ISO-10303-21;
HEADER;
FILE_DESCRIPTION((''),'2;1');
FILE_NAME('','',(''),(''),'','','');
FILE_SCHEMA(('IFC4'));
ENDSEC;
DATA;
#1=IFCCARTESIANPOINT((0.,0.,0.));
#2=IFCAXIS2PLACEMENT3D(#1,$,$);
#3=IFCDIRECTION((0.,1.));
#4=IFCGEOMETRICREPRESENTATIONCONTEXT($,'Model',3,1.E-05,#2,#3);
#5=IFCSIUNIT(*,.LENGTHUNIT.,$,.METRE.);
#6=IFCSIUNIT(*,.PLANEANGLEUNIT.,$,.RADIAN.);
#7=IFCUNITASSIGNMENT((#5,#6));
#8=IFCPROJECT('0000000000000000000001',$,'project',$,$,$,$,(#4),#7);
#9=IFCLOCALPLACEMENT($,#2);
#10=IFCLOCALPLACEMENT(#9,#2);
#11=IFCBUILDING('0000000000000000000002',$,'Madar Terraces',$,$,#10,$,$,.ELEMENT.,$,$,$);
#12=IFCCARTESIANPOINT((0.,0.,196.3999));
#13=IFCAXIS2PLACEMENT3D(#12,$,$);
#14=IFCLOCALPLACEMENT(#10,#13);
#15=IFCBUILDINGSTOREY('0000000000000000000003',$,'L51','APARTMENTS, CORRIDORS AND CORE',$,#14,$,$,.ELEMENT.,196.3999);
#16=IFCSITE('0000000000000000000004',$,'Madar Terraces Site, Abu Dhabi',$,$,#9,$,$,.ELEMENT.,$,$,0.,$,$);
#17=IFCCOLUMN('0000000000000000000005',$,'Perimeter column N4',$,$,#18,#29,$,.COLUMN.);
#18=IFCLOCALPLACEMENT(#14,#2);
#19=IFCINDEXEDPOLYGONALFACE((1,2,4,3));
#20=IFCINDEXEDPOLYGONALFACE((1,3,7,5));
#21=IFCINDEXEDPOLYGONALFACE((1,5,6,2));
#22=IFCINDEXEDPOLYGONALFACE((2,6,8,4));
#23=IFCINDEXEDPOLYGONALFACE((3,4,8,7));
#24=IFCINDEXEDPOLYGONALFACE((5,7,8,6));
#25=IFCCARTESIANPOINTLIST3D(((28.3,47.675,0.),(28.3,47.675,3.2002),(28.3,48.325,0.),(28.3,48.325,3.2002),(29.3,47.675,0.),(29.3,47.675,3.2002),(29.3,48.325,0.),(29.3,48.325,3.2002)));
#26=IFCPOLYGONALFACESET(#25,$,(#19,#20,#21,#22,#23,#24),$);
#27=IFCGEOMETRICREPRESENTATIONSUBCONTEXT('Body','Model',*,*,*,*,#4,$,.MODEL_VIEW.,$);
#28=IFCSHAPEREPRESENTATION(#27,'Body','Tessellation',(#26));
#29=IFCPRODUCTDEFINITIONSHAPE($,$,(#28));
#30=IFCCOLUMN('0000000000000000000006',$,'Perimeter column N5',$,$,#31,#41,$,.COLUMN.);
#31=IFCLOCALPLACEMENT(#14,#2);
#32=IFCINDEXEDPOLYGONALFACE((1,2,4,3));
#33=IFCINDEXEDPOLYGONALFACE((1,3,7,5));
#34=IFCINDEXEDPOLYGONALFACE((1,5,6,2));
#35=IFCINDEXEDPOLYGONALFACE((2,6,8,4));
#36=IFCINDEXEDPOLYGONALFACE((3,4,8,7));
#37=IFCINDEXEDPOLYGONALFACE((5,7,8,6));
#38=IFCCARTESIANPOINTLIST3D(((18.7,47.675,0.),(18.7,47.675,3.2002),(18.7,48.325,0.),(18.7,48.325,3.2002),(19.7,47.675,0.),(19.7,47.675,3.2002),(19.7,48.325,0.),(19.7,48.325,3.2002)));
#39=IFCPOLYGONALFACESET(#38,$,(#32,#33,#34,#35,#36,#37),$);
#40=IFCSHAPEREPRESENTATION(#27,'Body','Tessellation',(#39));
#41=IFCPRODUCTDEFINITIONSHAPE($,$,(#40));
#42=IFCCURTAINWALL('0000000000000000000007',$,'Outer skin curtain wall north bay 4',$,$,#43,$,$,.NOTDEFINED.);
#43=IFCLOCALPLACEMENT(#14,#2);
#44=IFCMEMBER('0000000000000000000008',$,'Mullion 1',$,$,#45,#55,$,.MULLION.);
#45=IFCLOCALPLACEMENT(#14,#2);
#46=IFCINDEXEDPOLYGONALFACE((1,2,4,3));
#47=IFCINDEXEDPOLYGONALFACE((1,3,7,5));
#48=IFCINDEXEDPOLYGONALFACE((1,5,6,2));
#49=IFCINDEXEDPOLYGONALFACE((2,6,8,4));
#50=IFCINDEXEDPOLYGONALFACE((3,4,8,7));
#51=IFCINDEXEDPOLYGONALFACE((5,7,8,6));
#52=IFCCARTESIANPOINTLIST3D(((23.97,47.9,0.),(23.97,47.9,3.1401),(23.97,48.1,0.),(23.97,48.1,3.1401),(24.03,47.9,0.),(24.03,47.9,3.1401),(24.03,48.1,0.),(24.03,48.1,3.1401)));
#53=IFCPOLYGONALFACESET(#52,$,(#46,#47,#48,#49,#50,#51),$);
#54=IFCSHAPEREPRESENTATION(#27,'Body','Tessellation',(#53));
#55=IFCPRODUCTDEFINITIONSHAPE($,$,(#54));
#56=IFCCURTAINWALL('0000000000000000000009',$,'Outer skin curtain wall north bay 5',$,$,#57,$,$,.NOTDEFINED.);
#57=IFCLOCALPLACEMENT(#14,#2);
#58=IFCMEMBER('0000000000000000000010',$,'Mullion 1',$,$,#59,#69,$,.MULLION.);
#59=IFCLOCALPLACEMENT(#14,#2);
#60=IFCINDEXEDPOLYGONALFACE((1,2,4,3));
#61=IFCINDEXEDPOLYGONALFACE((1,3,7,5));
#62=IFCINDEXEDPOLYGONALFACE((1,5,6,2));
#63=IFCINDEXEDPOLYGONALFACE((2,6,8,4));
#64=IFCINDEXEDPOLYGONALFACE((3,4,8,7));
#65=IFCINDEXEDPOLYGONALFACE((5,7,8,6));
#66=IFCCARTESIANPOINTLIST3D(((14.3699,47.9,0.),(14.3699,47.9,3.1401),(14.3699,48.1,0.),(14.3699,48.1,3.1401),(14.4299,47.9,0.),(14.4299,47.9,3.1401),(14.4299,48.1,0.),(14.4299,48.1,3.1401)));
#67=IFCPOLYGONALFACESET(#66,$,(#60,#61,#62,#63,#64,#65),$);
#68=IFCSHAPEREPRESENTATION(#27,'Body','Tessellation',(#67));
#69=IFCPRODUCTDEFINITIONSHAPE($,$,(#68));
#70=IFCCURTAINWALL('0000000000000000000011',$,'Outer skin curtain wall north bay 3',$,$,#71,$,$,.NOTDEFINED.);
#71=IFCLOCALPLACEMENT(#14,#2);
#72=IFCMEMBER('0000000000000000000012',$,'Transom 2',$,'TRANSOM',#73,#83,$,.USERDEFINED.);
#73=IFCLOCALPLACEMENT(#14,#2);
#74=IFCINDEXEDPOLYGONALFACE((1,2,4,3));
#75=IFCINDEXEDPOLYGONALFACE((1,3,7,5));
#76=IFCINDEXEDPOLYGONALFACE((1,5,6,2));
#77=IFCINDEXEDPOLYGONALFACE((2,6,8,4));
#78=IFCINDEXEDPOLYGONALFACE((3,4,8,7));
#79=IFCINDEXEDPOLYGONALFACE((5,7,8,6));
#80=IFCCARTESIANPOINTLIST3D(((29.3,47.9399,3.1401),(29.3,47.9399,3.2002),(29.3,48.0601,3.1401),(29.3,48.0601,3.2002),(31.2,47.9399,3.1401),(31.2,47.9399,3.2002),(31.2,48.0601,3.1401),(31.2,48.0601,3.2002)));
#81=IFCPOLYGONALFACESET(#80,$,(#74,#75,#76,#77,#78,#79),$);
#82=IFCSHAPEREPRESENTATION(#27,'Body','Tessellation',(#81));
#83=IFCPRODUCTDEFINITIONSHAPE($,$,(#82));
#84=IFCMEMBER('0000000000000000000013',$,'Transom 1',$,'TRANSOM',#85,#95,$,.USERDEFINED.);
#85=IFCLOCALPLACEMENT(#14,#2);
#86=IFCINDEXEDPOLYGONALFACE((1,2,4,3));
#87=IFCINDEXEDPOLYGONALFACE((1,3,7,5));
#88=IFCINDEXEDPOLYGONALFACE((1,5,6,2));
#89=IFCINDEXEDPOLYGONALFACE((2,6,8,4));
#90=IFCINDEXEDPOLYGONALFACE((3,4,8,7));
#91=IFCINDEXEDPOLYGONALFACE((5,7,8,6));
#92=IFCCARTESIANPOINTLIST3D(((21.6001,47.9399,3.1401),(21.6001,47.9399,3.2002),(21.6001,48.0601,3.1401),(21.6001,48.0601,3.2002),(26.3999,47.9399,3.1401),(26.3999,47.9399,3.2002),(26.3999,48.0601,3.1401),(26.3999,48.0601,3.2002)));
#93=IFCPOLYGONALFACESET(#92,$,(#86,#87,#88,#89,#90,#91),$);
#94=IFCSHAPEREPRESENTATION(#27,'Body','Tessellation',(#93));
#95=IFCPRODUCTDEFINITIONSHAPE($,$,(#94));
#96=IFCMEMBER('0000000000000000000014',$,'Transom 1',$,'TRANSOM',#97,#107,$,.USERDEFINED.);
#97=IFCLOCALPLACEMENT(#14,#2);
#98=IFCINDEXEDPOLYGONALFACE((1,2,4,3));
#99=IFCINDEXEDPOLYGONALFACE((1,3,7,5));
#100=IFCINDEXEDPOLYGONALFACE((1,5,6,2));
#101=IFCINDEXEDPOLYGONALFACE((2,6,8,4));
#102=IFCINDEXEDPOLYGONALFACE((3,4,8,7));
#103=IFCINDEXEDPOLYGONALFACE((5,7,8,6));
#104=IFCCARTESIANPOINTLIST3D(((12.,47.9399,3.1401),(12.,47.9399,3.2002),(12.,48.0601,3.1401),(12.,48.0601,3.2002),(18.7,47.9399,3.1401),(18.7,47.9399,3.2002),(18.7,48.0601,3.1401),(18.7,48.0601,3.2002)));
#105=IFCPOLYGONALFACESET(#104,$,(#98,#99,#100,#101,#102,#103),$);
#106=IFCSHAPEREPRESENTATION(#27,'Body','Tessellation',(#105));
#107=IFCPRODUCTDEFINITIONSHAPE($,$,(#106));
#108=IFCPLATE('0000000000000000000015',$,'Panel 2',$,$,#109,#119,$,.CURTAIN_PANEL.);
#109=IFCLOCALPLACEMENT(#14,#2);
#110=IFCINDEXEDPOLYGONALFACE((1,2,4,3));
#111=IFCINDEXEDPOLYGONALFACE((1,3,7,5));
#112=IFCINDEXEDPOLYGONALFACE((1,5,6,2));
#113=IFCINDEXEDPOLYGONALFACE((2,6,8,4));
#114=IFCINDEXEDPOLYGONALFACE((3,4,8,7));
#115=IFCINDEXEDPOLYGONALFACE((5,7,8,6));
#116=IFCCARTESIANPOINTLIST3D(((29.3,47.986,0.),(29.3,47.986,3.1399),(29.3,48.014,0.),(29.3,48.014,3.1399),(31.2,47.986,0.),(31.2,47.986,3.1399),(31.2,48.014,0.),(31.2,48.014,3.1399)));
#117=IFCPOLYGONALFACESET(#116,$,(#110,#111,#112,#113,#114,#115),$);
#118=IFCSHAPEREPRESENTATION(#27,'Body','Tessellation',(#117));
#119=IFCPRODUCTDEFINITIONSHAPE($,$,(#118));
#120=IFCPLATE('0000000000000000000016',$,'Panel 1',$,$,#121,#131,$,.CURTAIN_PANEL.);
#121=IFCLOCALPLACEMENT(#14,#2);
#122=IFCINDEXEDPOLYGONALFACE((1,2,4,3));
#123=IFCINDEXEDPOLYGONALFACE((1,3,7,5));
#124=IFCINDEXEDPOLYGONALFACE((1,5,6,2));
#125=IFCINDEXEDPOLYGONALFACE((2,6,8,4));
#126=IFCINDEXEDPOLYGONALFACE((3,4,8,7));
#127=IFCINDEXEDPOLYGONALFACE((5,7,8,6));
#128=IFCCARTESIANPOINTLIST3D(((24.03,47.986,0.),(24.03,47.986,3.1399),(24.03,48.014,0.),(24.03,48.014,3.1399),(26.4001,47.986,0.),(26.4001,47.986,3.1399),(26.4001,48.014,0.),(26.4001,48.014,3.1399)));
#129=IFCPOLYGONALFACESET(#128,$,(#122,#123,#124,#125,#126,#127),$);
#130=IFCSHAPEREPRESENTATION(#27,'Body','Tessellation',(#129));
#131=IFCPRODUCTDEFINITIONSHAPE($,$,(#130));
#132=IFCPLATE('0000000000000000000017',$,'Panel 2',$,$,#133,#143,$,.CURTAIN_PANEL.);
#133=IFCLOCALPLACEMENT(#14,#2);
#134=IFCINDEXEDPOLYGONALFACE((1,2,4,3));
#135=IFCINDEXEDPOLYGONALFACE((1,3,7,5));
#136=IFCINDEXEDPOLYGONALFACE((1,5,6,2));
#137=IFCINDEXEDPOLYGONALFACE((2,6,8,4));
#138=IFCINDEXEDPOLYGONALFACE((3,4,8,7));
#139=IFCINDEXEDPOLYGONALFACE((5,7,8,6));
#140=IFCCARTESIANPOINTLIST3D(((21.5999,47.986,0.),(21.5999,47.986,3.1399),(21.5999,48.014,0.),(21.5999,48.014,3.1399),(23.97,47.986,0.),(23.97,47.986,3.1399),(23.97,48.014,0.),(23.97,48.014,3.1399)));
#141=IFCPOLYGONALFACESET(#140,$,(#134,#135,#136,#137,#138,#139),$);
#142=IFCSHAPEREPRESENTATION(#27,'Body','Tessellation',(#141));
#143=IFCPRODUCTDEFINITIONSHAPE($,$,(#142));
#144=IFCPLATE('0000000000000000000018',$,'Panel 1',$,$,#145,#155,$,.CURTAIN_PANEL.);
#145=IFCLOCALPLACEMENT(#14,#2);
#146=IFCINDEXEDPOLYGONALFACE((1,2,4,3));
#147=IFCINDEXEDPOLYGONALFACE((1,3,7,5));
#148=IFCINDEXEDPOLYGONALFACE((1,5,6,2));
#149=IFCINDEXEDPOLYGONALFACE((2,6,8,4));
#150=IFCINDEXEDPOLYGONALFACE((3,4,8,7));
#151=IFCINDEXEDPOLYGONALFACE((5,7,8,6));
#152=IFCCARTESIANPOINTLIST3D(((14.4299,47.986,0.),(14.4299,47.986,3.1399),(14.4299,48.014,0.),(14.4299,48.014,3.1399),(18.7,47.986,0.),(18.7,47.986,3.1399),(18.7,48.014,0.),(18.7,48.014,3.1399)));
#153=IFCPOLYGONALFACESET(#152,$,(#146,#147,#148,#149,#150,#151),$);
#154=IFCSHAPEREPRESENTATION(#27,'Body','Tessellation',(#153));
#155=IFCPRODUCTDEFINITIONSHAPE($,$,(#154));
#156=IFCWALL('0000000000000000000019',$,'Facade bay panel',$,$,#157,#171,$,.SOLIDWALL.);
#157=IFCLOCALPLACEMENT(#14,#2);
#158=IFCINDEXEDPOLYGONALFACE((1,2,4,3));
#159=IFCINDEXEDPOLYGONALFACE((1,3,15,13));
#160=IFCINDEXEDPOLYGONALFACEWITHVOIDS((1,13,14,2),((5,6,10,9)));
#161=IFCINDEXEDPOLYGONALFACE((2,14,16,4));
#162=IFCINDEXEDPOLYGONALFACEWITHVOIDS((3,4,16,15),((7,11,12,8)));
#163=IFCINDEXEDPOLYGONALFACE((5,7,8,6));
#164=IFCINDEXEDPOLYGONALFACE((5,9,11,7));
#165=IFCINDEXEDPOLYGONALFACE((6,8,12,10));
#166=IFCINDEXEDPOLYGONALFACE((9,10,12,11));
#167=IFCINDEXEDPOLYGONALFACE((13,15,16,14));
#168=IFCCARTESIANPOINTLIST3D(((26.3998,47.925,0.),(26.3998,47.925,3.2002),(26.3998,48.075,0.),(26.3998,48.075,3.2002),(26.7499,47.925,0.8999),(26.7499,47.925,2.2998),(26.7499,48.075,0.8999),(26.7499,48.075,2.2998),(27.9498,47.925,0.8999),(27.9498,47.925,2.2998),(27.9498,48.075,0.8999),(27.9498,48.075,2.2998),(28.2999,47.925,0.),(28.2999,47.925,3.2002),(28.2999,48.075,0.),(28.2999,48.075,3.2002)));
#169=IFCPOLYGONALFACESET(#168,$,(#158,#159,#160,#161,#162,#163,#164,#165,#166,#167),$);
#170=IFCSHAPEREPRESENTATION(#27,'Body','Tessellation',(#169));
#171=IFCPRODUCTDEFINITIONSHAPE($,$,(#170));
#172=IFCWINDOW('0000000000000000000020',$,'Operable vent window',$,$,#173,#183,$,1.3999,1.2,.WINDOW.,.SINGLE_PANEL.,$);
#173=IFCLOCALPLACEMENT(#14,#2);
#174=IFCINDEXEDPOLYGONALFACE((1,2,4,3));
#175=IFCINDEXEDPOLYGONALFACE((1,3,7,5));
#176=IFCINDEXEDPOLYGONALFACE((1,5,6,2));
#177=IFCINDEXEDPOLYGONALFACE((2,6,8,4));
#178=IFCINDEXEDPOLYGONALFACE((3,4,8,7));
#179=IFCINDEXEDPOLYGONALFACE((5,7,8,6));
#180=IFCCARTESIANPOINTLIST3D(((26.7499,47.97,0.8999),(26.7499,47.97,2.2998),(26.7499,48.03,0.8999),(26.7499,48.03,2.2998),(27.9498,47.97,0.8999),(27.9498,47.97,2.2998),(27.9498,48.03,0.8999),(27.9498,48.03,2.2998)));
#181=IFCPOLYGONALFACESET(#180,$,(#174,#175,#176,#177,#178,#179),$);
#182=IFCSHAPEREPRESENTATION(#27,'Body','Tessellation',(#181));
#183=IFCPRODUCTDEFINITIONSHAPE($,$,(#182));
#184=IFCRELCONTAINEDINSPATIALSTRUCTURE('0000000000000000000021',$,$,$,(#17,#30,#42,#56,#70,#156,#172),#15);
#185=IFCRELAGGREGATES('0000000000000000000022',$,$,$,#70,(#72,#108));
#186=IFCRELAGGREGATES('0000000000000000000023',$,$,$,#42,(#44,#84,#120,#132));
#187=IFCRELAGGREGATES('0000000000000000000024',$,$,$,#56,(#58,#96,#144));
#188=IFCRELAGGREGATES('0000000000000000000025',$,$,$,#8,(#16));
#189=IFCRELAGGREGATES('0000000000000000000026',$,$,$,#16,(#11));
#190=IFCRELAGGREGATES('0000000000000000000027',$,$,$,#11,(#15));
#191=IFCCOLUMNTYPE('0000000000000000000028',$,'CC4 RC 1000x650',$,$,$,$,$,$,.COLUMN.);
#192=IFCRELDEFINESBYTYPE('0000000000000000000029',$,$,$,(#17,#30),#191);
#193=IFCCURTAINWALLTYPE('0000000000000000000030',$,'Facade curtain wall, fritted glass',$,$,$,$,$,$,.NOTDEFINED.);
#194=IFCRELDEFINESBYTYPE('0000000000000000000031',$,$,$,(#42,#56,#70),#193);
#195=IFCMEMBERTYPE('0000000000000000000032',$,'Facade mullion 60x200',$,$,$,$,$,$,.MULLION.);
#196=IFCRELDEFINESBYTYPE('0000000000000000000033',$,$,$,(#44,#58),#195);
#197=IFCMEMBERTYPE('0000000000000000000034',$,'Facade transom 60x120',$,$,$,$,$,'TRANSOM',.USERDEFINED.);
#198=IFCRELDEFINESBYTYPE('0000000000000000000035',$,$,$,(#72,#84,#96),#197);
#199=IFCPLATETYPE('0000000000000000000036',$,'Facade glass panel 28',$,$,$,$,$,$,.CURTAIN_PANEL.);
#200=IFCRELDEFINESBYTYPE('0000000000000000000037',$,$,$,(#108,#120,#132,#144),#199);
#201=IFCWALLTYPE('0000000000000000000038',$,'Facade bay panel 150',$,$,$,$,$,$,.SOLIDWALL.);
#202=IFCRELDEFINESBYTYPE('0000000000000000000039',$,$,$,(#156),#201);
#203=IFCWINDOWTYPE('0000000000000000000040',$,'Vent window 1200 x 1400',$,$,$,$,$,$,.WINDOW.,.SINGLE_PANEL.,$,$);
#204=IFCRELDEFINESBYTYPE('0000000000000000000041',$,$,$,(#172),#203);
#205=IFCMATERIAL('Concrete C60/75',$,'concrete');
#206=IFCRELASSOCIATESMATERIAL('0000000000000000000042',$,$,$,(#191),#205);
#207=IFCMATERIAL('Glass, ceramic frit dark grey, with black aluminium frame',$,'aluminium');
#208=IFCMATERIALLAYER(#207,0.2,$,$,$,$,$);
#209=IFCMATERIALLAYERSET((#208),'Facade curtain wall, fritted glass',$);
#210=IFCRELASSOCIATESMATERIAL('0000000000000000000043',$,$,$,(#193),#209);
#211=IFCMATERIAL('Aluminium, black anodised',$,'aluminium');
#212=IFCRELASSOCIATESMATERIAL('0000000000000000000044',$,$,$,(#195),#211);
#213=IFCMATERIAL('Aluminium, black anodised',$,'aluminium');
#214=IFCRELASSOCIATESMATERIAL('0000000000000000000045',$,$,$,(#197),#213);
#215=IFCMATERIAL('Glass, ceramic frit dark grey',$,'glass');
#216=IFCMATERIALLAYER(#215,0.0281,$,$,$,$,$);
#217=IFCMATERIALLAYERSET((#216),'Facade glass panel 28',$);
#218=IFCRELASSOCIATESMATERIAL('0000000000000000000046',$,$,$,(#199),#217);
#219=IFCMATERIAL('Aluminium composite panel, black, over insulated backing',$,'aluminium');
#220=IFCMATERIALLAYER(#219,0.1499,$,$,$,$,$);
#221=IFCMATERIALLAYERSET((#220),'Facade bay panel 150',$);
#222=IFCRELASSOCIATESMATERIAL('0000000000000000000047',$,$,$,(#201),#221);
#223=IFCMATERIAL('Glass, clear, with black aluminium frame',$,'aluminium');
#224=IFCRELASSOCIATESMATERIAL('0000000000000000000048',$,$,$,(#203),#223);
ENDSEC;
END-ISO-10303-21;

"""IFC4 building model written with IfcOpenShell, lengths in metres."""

from ifc_helpers import new_model, si_unit, direction, frame, frame_2d, origin, origin_2d, place, context, subcontext, project, spatial, rectangle, extrude, material, layer, layer_set, material_profile, profile_set, type_object, element, fill, aggregate, save


model = new_model("IFC4")

# Units and contexts
model_context = context("Model", 3, precision=1e-05, world=origin(), true_north=direction((0.0, 1.0)))
body_context = subcontext(model_context, "Body", "Model", "MODEL_VIEW")
ifc_project = project(units=[si_unit("LENGTHUNIT", "METRE"), si_unit("PLANEANGLEUNIT", "RADIAN")], contexts=[model_context])

# Site, building, storey
site_placement = place(None, origin())
site = spatial("IfcSite", under=ifc_project, at=site_placement, Name="Madar Terraces Site, Abu Dhabi", CompositionType="ELEMENT", RefElevation=0.0)
building_placement = place(site_placement, origin())
building = spatial("IfcBuilding", under=site, at=building_placement, Name="Madar Terraces", CompositionType="ELEMENT")
storey_placement = place(building_placement, frame((0.0, 0.0, 196.3999)))
storey = spatial("IfcBuildingStorey", under=building, at=storey_placement, Name="L51", Description="APARTMENTS, CORRIDORS AND CORE", CompositionType="ELEMENT", Elevation=196.3999)

# Columns
ifc_material_1 = material(Name="Concrete C60/75", Category="concrete")
ifc_material_profile_1 = material_profile(ifc_material_1, rectangle(XDim=1.0, YDim=0.6499, at=origin_2d()), Name="CC4 RC 1000x650")
ifc_profile_set_1 = profile_set([ifc_material_profile_1], Name="Concrete C60/75")
column_type = type_object("IfcColumnType", Name="CC4 RC 1000x650", PredefinedType="COLUMN", material=ifc_profile_set_1)
for number, where, z_axis, x_axis, name in (
    (1, (28.8, 48.0, 0.0), (0.0, 0.0, 1.0), (1.0, 0.0, 0.0), "Perimeter column N4"),
    (2, (19.2, 48.0, 0.0), (0.0, 0.0, 1.0), (1.0, 0.0, 0.0), "Perimeter column N5"),
):
    element("IfcColumn", number, at=place(storey_placement, frame(where, z_axis=z_axis, x_axis=x_axis)), inside=storey, type_object=column_type, Name=name, PredefinedType="COLUMN", context=body_context, shape_type="SweptSolid", body=[
        extrude(rectangle(XDim=1.0, YDim=0.6499, at=origin_2d()), origin(), (0.0, 0.0, 1.0), 3.2002),
    ])

# Curtain walls, members
ifc_material_2 = material(Name="Glass, ceramic frit dark grey, with black aluminium frame", Category="aluminium")
ifc_layer_1 = layer(ifc_material_2, 0.2)
ifc_layer_set_1 = layer_set([ifc_layer_1], Name="Facade curtain wall, fritted glass")
curtain_wall_type = type_object("IfcCurtainWallType", Name="Facade curtain wall, fritted glass", PredefinedType="NOTDEFINED", material=ifc_layer_set_1)
curtain_wall_1_placement = place(storey_placement, origin())
curtain_wall_1 = element("IfcCurtainWall", 3, at=curtain_wall_1_placement, inside=storey, type_object=curtain_wall_type, Name="Outer skin curtain wall north bay 4", PredefinedType="NOTDEFINED")
ifc_material_3 = material(Name="Aluminium, black anodised", Category="aluminium")
ifc_material_profile_2 = material_profile(ifc_material_3, rectangle(XDim=0.2, YDim=0.0601, at=origin_2d()), Name="Facade mullion 60x200")
ifc_profile_set_2 = profile_set([ifc_material_profile_2], Name="Aluminium, black anodised")
member_type_1 = type_object("IfcMemberType", Name="Facade mullion 60x200", PredefinedType="MULLION", material=ifc_profile_set_2)
member_1_placement = place(storey_placement, frame((24.0, 48.0, 0.0), z_axis=(0.0, 0.0, 1.0), x_axis=(0.0, -1.0, 0.0)))
member_1 = element("IfcMember", 4, at=member_1_placement, type_object=member_type_1, Name="Mullion 1", PredefinedType="MULLION", context=body_context, shape_type="SweptSolid", body=[
    extrude(rectangle(XDim=0.2, YDim=0.0601, at=origin_2d()), origin(), (0.0, 0.0, 1.0), 3.1401),
])
curtain_wall_2_placement = place(storey_placement, origin())
curtain_wall_2 = element("IfcCurtainWall", 5, at=curtain_wall_2_placement, inside=storey, type_object=curtain_wall_type, Name="Outer skin curtain wall north bay 5", PredefinedType="NOTDEFINED")
member_2_placement = place(storey_placement, frame((14.3999, 48.0, 0.0), z_axis=(0.0, 0.0, 1.0), x_axis=(0.0, -1.0, 0.0)))
member_2 = element("IfcMember", 6, at=member_2_placement, type_object=member_type_1, Name="Mullion 1", PredefinedType="MULLION", context=body_context, shape_type="SweptSolid", body=[
    extrude(rectangle(XDim=0.2, YDim=0.0601, at=origin_2d()), origin(), (0.0, 0.0, 1.0), 3.1401),
])
curtain_wall_3_placement = place(storey_placement, origin())
curtain_wall_3 = element("IfcCurtainWall", 7, at=curtain_wall_3_placement, inside=storey, type_object=curtain_wall_type, Name="Outer skin curtain wall north bay 3", PredefinedType="NOTDEFINED")
ifc_material_4 = material(Name="Aluminium, black anodised", Category="aluminium")
ifc_material_profile_3 = material_profile(ifc_material_4, rectangle(XDim=0.1201, YDim=0.0601, at=origin_2d()), Name="Facade transom 60x120")
ifc_profile_set_3 = profile_set([ifc_material_profile_3], Name="Aluminium, black anodised")
member_type_2 = type_object("IfcMemberType", Name="Facade transom 60x120", ElementType="TRANSOM", PredefinedType="USERDEFINED", material=ifc_profile_set_3)
member_3_placement = place(storey_placement, frame((31.2, 48.0, 3.1702), z_axis=(-1.0, 0.0, 0.0), x_axis=(0.0, -1.0, 0.0)))
member_3 = element("IfcMember", 8, at=member_3_placement, type_object=member_type_2, Name="Transom 2", ObjectType="TRANSOM", PredefinedType="USERDEFINED", context=body_context, shape_type="SweptSolid", body=[
    extrude(rectangle(XDim=0.1201, YDim=0.0601, at=origin_2d()), origin(), (0.0, 0.0, 1.0), 1.8999),
])

# Members
member_4_placement = place(storey_placement, frame((26.3999, 48.0, 3.1702), z_axis=(-1.0, 0.0, 0.0), x_axis=(0.0, -1.0, 0.0)))
member_4 = element("IfcMember", 9, at=member_4_placement, type_object=member_type_2, Name="Transom 1", ObjectType="TRANSOM", PredefinedType="USERDEFINED", context=body_context, shape_type="SweptSolid", body=[
    extrude(rectangle(XDim=0.1201, YDim=0.0601, at=origin_2d()), origin(), (0.0, 0.0, 1.0), 4.7998),
])
member_5_placement = place(storey_placement, frame((18.7, 48.0, 3.1702), z_axis=(-1.0, 0.0, 0.0), x_axis=(0.0, -1.0, 0.0)))
member_5 = element("IfcMember", 10, at=member_5_placement, type_object=member_type_2, Name="Transom 1", ObjectType="TRANSOM", PredefinedType="USERDEFINED", context=body_context, shape_type="SweptSolid", body=[
    extrude(rectangle(XDim=0.1201, YDim=0.0601, at=origin_2d()), origin(), (0.0, 0.0, 1.0), 6.7),
])

# Plates
ifc_material_5 = material(Name="Glass, ceramic frit dark grey", Category="glass")
ifc_layer_2 = layer(ifc_material_5, 0.0281)
ifc_layer_set_2 = layer_set([ifc_layer_2], Name="Facade glass panel 28")
plate_type = type_object("IfcPlateType", Name="Facade glass panel 28", PredefinedType="CURTAIN_PANEL", material=ifc_layer_set_2)
plate_1_placement = place(storey_placement, frame((30.25, 48.0, 0.0), z_axis=(0.0, 0.0, 1.0), x_axis=(-1.0, 0.0, 0.0)))
plate_1 = element("IfcPlate", 11, at=plate_1_placement, type_object=plate_type, Name="Panel 2", PredefinedType="CURTAIN_PANEL", context=body_context, shape_type="SweptSolid", body=[
    extrude(rectangle(XDim=1.8999, YDim=0.0281, at=origin_2d()), origin(), (0.0, 0.0, 1.0), 3.1399),
])
aggregate(curtain_wall_3, [member_3, plate_1])
plate_2_placement = place(storey_placement, frame((25.2151, 48.0, 0.0), z_axis=(0.0, 0.0, 1.0), x_axis=(-1.0, 0.0, 0.0)))
plate_2 = element("IfcPlate", 12, at=plate_2_placement, type_object=plate_type, Name="Panel 1", PredefinedType="CURTAIN_PANEL", context=body_context, shape_type="SweptSolid", body=[
    extrude(rectangle(XDim=2.3701, YDim=0.0281, at=origin_2d()), origin(), (0.0, 0.0, 1.0), 3.1399),
])
plate_3_placement = place(storey_placement, frame((22.7849, 48.0, 0.0), z_axis=(0.0, 0.0, 1.0), x_axis=(-1.0, 0.0, 0.0)))
plate_3 = element("IfcPlate", 13, at=plate_3_placement, type_object=plate_type, Name="Panel 2", PredefinedType="CURTAIN_PANEL", context=body_context, shape_type="SweptSolid", body=[
    extrude(rectangle(XDim=2.3701, YDim=0.0281, at=origin_2d()), origin(), (0.0, 0.0, 1.0), 3.1399),
])
aggregate(curtain_wall_1, [member_1, member_4, plate_2, plate_3])
plate_4_placement = place(storey_placement, frame((16.5649, 48.0, 0.0), z_axis=(0.0, 0.0, 1.0), x_axis=(-1.0, 0.0, 0.0)))
plate_4 = element("IfcPlate", 14, at=plate_4_placement, type_object=plate_type, Name="Panel 1", PredefinedType="CURTAIN_PANEL", context=body_context, shape_type="SweptSolid", body=[
    extrude(rectangle(XDim=4.27, YDim=0.0281, at=origin_2d()), origin(), (0.0, 0.0, 1.0), 3.1399),
])
aggregate(curtain_wall_2, [member_2, member_5, plate_4])

# Wall, opening, window
ifc_material_6 = material(Name="Aluminium composite panel, black, over insulated backing", Category="aluminium")
ifc_layer_3 = layer(ifc_material_6, 0.1499)
ifc_layer_set_3 = layer_set([ifc_layer_3], Name="Facade bay panel 150")
wall_type_1 = type_object("IfcWallType", Name="Facade bay panel 150", PredefinedType="SOLIDWALL", material=ifc_layer_set_3)
wall_1_placement = place(storey_placement, frame((28.3, 48.0, 0.0), z_axis=(0.0, 0.0, 1.0), x_axis=(-1.0, 0.0, 0.0)))
wall_1 = element("IfcWall", 15, at=wall_1_placement, inside=storey, type_object=wall_type_1, Name="Facade bay panel", PredefinedType="SOLIDWALL", context=body_context, shape_type="SweptSolid", body=[
    extrude(rectangle(XDim=1.9001, YDim=0.1499, at=frame_2d((0.9502, 0.0))), origin(), (0.0, 0.0, 1.0), 3.2002),
])
opening_1_placement = place(wall_1_placement, frame((0.3501, 0.0, 0.8999)))
opening_1 = element("IfcOpeningElement", 16, at=opening_1_placement, cuts=wall_1, PredefinedType="OPENING", context=body_context, shape_type="SweptSolid", body=[
    extrude(rectangle(XDim=1.2, YDim=1.3999, at=frame_2d((0.6001, 0.7))), frame((0.0, 0.085, 0.0), z_axis=(0.0, -1.0, 0.0), x_axis=(1.0, 0.0, 0.0)), (0.0, 0.0, 1.0), 0.1699),
])
ifc_material_7 = material(Name="Glass, clear, with black aluminium frame", Category="aluminium")
window_type = type_object("IfcWindowType", Name="Vent window 1200 x 1400", PartitioningType="SINGLE_PANEL", PredefinedType="WINDOW", material=ifc_material_7)
window_1_placement = place(opening_1_placement, origin())
window_1 = element("IfcWindow", 17, at=window_1_placement, inside=storey, type_object=window_type, Name="Operable vent window", OverallHeight=1.3999, OverallWidth=1.2, PartitioningType="SINGLE_PANEL", PredefinedType="WINDOW", context=body_context, shape_type="SweptSolid", body=[
    extrude(rectangle(XDim=1.2, YDim=1.3999, at=frame_2d((0.6001, 0.7))), frame((0.0, 0.03, 0.0), z_axis=(0.0, -1.0, 0.0), x_axis=(1.0, 0.0, 0.0)), (0.0, 0.0, 1.0), 0.0601),
])
fill(opening_1, window_1)

save(model, "model.ifc")
